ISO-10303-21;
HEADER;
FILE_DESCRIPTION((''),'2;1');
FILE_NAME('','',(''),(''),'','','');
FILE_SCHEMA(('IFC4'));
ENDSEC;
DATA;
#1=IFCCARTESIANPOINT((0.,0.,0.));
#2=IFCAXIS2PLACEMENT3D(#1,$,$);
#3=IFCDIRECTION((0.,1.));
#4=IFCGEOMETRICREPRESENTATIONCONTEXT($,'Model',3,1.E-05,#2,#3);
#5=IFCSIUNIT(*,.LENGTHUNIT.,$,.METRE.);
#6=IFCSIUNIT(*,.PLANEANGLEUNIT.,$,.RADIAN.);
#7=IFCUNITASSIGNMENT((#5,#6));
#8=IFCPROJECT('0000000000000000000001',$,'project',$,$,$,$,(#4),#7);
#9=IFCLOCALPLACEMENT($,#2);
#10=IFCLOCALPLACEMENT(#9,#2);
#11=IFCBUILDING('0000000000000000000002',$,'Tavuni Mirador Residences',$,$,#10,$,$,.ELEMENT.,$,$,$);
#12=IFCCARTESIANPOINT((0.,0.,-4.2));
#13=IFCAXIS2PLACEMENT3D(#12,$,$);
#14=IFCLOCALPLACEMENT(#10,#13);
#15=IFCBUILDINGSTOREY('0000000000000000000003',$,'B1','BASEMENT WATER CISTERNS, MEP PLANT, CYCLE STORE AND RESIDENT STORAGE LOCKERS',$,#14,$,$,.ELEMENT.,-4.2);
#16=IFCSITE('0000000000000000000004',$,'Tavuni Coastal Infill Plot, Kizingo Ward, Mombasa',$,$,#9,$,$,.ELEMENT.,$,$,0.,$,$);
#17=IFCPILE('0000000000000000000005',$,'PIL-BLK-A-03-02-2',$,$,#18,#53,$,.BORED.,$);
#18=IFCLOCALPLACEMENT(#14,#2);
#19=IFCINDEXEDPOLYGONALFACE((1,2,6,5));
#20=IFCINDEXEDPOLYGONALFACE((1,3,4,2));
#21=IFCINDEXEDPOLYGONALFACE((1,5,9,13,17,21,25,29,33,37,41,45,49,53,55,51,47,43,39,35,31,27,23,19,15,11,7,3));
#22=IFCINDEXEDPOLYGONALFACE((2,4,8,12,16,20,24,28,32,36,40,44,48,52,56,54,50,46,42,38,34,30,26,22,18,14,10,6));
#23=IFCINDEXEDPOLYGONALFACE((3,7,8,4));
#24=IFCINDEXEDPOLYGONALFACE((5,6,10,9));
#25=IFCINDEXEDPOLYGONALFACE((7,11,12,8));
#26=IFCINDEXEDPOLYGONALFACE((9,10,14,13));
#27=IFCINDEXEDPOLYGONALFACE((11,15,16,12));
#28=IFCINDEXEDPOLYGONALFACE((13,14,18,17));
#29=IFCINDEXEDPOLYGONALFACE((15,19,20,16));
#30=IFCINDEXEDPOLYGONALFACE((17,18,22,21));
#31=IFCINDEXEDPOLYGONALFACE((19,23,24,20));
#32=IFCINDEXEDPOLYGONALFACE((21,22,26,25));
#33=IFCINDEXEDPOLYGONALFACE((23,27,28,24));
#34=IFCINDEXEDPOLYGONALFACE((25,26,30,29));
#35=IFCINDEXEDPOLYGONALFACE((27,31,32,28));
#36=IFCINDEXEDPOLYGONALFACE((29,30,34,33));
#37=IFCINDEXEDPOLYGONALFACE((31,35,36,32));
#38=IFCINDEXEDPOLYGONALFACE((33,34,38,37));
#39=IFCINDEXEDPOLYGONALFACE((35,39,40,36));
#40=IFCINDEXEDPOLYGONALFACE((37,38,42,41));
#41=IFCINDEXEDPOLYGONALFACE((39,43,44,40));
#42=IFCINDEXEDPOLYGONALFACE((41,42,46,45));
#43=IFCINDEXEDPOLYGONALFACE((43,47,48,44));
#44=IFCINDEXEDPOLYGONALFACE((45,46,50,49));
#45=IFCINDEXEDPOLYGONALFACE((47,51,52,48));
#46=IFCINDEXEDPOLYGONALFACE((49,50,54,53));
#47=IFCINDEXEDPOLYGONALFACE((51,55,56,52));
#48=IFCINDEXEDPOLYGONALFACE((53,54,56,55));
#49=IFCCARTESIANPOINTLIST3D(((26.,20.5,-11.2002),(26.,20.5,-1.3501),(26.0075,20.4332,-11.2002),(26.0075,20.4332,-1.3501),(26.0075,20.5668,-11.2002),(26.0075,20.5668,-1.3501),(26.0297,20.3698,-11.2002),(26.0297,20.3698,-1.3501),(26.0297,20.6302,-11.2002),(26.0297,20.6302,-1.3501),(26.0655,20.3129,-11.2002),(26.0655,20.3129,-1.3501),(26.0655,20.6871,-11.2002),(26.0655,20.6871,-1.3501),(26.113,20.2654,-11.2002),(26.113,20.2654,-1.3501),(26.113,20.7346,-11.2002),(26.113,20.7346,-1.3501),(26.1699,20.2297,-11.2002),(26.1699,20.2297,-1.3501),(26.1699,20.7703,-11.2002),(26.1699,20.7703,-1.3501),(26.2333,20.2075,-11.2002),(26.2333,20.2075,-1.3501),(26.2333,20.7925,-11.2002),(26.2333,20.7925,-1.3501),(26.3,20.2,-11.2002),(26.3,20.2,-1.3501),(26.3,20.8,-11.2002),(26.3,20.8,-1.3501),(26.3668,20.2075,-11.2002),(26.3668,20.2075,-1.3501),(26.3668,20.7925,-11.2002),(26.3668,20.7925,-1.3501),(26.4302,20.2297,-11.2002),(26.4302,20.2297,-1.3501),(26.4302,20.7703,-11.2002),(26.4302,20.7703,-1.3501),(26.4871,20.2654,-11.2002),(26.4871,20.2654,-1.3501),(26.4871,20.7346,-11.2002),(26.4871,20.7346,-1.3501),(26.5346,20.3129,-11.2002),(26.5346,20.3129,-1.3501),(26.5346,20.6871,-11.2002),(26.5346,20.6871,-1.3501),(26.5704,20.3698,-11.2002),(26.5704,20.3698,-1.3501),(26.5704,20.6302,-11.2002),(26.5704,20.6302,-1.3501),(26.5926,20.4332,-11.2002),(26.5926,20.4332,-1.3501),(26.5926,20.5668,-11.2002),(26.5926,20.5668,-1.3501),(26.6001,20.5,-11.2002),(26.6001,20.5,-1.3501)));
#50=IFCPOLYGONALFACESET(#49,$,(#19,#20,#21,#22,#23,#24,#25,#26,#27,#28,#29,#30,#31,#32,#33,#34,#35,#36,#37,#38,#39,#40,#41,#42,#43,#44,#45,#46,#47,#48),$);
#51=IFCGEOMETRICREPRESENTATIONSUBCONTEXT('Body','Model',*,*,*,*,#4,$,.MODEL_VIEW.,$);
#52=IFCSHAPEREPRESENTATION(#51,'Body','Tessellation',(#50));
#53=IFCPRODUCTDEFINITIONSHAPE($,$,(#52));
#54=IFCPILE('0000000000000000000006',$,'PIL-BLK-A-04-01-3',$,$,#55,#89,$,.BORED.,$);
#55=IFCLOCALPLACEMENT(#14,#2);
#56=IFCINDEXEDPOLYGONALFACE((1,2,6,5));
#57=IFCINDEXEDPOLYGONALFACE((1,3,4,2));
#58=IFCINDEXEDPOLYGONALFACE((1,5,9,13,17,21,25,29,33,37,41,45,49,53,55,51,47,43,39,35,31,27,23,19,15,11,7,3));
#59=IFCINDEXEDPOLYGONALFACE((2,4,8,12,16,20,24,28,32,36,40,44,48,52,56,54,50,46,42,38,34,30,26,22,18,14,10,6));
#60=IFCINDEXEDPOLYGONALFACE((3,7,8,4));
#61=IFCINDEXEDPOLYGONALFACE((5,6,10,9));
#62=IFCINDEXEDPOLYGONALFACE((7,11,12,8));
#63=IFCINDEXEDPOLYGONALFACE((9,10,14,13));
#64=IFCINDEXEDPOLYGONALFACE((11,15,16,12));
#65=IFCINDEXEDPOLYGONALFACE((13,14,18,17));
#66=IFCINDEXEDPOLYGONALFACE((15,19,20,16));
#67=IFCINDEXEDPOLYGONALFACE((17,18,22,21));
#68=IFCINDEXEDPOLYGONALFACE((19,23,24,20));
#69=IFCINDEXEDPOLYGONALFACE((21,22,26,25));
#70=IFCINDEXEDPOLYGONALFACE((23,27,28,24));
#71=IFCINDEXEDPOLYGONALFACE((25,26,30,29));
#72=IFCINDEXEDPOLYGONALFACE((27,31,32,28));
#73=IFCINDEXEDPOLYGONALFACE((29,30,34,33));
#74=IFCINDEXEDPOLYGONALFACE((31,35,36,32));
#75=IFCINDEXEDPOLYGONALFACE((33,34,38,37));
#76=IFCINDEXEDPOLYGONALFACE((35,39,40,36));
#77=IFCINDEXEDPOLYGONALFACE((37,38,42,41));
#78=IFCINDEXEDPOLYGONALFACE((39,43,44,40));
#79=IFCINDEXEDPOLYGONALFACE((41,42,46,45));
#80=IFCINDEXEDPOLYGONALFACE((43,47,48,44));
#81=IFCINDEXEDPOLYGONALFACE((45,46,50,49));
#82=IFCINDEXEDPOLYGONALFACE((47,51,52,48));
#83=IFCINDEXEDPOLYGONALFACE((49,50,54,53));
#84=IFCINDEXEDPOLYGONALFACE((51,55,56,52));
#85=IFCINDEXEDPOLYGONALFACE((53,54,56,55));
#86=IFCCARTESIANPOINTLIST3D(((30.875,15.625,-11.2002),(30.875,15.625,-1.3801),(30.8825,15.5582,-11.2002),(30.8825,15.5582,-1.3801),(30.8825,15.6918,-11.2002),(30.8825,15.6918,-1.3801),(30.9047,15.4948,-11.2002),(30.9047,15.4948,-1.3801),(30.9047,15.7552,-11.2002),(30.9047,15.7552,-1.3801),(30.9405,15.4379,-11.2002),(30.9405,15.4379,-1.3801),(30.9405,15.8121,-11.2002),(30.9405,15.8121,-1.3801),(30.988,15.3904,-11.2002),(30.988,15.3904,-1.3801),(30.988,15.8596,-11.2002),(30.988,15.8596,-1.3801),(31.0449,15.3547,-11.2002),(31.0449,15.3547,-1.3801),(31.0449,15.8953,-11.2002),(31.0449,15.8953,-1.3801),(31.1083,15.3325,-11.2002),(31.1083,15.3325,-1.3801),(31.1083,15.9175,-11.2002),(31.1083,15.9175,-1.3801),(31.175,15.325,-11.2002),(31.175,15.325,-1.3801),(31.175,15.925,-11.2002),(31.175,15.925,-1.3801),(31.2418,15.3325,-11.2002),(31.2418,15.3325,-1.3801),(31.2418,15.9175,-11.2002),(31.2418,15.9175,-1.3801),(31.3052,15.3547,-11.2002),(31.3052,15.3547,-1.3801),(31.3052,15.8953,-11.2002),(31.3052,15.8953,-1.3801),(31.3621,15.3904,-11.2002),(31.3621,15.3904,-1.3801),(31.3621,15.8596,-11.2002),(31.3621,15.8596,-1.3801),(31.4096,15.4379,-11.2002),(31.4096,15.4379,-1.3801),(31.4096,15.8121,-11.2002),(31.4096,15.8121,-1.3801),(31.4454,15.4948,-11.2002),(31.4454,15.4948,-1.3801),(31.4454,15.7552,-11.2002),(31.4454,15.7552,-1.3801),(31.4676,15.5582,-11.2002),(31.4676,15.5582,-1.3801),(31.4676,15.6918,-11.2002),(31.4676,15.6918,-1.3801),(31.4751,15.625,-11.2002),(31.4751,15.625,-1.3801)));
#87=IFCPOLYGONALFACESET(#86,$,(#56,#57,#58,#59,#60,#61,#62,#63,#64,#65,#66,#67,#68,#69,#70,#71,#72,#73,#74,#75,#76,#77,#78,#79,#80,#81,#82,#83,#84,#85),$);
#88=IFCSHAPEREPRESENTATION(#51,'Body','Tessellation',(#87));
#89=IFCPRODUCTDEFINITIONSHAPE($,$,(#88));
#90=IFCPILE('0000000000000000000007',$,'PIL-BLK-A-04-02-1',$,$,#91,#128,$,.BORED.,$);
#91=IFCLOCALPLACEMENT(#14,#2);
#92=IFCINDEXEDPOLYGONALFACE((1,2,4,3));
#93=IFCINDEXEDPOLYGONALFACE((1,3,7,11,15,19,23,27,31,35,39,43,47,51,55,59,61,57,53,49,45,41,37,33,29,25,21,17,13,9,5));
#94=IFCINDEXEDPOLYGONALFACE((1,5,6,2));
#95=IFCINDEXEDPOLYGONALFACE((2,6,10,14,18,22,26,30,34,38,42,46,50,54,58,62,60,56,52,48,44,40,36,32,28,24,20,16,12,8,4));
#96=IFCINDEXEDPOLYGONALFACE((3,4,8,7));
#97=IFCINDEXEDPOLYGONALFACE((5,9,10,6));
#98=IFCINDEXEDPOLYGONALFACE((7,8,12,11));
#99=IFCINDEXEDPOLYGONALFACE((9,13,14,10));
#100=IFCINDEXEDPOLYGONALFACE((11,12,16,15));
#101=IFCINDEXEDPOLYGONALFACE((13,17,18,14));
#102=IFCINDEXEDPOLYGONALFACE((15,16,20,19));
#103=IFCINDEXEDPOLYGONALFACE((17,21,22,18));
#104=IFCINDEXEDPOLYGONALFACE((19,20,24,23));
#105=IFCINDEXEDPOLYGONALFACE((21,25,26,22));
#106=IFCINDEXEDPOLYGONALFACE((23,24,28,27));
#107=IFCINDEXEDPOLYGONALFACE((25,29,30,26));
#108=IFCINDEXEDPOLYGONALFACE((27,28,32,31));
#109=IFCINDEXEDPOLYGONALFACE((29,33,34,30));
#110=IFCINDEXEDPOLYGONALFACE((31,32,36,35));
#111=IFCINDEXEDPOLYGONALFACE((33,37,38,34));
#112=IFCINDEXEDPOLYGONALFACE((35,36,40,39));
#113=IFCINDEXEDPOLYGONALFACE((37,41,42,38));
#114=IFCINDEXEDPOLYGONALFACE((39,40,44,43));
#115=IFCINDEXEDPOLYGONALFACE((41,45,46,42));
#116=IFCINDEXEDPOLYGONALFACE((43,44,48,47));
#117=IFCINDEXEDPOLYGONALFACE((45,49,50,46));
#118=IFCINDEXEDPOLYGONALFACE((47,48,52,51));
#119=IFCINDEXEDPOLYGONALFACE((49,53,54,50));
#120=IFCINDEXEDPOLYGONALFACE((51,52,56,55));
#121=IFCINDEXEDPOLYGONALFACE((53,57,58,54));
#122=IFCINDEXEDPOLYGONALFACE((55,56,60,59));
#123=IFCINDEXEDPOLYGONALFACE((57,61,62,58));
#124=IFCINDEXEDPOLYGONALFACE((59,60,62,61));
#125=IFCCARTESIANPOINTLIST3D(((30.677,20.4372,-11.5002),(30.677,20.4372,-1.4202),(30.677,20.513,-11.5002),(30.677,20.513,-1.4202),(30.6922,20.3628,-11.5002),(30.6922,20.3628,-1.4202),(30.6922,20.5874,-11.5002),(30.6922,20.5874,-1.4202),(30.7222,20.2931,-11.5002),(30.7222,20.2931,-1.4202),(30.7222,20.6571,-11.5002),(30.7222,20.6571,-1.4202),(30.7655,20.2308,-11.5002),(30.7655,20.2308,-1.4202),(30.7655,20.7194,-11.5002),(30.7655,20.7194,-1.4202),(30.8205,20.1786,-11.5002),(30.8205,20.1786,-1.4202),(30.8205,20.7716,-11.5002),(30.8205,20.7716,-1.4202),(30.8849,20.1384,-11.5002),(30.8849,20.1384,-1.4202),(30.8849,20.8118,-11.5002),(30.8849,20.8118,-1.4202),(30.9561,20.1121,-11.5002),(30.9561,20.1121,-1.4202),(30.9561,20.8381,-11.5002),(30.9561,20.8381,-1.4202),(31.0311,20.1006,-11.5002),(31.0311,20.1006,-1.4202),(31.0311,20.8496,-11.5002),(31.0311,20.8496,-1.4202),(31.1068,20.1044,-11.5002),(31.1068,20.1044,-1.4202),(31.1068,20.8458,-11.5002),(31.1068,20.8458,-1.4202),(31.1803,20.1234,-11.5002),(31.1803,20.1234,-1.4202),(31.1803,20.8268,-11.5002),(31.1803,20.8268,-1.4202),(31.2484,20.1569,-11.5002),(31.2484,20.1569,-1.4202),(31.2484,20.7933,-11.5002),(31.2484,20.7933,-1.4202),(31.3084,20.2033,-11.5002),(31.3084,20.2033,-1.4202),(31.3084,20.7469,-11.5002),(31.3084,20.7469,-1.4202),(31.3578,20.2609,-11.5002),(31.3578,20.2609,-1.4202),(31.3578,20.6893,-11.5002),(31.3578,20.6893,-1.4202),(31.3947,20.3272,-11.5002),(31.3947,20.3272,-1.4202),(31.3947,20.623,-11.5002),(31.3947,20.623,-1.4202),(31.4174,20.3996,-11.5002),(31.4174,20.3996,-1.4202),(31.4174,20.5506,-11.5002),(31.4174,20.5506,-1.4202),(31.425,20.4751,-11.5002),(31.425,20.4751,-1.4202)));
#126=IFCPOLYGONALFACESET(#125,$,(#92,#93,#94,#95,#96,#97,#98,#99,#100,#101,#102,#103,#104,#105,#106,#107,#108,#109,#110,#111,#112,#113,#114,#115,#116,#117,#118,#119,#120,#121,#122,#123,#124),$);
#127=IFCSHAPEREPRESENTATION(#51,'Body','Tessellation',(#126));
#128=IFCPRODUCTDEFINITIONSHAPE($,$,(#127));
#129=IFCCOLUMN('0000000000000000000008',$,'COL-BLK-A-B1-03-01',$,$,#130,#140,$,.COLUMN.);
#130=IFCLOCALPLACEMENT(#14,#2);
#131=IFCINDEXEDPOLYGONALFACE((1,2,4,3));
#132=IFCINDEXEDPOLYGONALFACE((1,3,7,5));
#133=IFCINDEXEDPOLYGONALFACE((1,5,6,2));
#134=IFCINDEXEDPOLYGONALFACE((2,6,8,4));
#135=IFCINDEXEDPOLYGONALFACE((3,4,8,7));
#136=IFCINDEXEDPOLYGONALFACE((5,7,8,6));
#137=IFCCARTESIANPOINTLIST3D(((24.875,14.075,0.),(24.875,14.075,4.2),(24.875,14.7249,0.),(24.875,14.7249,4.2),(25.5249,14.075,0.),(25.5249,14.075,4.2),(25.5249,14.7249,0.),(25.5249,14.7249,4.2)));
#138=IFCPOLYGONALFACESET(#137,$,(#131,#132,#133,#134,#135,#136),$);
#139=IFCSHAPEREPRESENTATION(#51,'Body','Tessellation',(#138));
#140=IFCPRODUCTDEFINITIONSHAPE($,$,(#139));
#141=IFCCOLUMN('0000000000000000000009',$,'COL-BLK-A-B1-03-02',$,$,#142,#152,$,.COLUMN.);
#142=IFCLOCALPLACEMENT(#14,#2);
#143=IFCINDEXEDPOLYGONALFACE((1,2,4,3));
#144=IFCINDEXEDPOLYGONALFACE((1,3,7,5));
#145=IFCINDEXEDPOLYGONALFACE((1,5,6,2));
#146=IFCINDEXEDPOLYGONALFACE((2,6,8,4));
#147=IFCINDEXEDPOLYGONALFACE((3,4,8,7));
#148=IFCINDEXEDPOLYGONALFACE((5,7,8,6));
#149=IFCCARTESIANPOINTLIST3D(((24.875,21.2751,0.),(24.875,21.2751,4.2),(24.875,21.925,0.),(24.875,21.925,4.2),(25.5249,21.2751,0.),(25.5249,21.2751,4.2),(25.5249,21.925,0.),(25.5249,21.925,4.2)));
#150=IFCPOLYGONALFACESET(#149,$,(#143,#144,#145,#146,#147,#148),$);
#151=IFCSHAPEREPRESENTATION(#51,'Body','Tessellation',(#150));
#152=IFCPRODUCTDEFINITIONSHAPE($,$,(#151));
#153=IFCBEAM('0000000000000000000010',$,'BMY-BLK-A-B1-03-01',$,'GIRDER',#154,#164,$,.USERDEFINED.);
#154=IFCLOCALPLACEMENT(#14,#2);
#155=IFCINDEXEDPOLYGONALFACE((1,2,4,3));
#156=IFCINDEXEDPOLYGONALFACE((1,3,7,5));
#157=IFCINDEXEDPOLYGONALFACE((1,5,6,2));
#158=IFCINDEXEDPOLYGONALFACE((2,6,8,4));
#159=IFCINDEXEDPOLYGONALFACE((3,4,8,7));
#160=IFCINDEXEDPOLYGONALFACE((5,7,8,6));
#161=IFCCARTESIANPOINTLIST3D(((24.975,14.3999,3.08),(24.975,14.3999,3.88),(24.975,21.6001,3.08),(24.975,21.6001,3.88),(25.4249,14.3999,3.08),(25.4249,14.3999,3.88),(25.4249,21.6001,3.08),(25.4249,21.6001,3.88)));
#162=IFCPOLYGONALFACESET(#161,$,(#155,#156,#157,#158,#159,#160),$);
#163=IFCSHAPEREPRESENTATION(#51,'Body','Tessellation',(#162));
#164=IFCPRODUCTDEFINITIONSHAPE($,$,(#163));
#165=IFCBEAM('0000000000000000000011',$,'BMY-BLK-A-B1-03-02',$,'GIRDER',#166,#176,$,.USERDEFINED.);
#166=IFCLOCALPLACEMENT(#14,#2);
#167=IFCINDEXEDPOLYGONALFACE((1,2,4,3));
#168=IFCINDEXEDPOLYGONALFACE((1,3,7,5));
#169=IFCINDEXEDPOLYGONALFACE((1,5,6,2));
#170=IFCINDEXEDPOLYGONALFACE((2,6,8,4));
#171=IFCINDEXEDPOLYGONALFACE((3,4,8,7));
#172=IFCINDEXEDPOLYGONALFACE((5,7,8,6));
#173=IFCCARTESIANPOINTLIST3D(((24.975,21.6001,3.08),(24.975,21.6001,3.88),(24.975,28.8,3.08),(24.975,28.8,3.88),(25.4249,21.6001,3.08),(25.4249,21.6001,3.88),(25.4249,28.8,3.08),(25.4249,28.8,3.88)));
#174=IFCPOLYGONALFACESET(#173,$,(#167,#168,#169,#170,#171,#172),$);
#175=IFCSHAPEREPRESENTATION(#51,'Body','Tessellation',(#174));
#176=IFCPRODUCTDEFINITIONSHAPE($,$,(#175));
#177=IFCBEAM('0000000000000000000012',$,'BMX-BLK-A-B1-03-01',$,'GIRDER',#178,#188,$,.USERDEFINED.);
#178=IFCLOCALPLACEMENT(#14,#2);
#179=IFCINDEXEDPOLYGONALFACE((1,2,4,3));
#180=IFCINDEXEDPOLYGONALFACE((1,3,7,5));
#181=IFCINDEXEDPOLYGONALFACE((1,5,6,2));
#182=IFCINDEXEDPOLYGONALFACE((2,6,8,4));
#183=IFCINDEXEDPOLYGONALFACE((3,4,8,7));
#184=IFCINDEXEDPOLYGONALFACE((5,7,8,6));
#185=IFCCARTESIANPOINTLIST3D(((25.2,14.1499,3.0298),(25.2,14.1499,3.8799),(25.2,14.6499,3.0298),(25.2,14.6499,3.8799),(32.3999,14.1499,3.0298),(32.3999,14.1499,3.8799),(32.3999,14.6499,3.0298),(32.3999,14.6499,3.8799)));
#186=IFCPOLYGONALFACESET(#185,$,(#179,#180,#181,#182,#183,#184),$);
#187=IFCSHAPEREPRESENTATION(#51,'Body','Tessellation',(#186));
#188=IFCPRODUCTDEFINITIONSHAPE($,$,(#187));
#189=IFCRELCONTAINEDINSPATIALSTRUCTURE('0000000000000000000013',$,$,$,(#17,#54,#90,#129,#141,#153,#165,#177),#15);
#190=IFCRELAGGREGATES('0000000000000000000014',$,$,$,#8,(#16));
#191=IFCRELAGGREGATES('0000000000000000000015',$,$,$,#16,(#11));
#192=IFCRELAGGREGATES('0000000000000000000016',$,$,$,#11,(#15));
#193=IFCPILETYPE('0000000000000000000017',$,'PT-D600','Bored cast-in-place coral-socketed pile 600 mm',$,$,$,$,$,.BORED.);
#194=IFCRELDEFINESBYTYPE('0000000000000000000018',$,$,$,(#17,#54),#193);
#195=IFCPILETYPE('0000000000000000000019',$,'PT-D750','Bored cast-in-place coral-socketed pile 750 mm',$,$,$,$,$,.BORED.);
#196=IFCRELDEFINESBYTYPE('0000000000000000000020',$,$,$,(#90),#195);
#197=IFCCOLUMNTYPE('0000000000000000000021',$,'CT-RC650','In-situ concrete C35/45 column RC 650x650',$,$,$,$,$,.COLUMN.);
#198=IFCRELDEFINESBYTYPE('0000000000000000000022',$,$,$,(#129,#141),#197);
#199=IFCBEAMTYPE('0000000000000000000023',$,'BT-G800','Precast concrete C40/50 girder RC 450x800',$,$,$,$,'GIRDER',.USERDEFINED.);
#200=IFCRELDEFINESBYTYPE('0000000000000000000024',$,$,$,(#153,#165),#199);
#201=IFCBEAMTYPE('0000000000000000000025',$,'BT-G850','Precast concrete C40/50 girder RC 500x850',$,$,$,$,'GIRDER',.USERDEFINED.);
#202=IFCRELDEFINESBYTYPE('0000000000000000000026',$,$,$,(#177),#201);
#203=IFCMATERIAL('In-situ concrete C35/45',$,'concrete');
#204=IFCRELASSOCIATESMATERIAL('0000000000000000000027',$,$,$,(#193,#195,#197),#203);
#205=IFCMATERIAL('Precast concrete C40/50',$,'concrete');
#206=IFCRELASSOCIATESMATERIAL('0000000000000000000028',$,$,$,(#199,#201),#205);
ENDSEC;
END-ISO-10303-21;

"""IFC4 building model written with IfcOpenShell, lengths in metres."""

from ifc_helpers import new_model, si_unit, direction, frame, origin, origin_2d, place, context, subcontext, project, spatial, rectangle, circle, extrude, material, material_profile, profile_set, type_object, element, save


model = new_model("IFC4")

# Units and contexts
model_context = context("Model", 3, precision=1e-05, world=origin(), true_north=direction((0.0, 1.0)))
body_context = subcontext(model_context, "Body", "Model", "MODEL_VIEW")
ifc_project = project(units=[si_unit("LENGTHUNIT", "METRE"), si_unit("PLANEANGLEUNIT", "RADIAN")], contexts=[model_context])

# Site, building, storey
site_placement = place(None, origin())
site = spatial("IfcSite", under=ifc_project, at=site_placement, Name="Tavuni Coastal Infill Plot, Kizingo Ward, Mombasa", CompositionType="ELEMENT", RefElevation=0.0)
building_placement = place(site_placement, origin())
building = spatial("IfcBuilding", under=site, at=building_placement, Name="Tavuni Mirador Residences", CompositionType="ELEMENT")
storey_placement = place(building_placement, frame((0.0, 0.0, -4.2)))
storey = spatial("IfcBuildingStorey", under=building, at=storey_placement, Name="B1", Description="BASEMENT WATER CISTERNS, MEP PLANT, CYCLE STORE AND RESIDENT STORAGE LOCKERS", CompositionType="ELEMENT", Elevation=-4.2)

# Shared definitions
ifc_material_1 = material(Name="In-situ concrete C35/45", Category="concrete")

# Piles
ifc_material_profile_1 = material_profile(ifc_material_1, circle(Radius=0.3, at=origin_2d()), Name="PILE D600", Category="concrete")
ifc_profile_set_1 = profile_set([ifc_material_profile_1], Name="In-situ concrete C35/45")
pile_type_1 = type_object("IfcPileType", Name="PT-D600", Description="Bored cast-in-place coral-socketed pile 600 mm", PredefinedType="BORED", material=ifc_profile_set_1)
for number, where, z_axis, x_axis, name in (
    (1, (26.3, 20.5, -1.3501), (0.0, 0.0, -1.0), (1.0, 0.0, 0.0), "PIL-BLK-A-03-02-2"),
):
    element("IfcPile", number, at=place(storey_placement, frame(where, z_axis=z_axis, x_axis=x_axis)), inside=storey, type_object=pile_type_1, Name=name, PredefinedType="BORED", context=body_context, shape_type="SweptSolid", body=[
        extrude(circle(Radius=0.3, at=origin_2d()), origin(), (0.0, 0.0, 1.0), 9.8501),
    ])
pile_1_placement = place(storey_placement, frame((31.175, 15.625, -1.3801), z_axis=(0.0, 0.0, -1.0), x_axis=(1.0, 0.0, 0.0)))
element("IfcPile", 2, at=pile_1_placement, inside=storey, type_object=pile_type_1, Name="PIL-BLK-A-04-01-3", PredefinedType="BORED", context=body_context, shape_type="SweptSolid", body=[
    extrude(circle(Radius=0.3, at=origin_2d()), origin(), (0.0, 0.0, 1.0), 9.8201),
])
ifc_material_profile_2 = material_profile(ifc_material_1, circle(Radius=0.375, at=origin_2d()), Name="PILE D750", Category="concrete")
ifc_profile_set_2 = profile_set([ifc_material_profile_2], Name="In-situ concrete C35/45")
pile_type_2 = type_object("IfcPileType", Name="PT-D750", Description="Bored cast-in-place coral-socketed pile 750 mm", PredefinedType="BORED", material=ifc_profile_set_2)
pile_2_placement = place(storey_placement, frame((31.05, 20.4751, -1.4202), z_axis=(0.0, 0.0, -1.0), x_axis=(1.0, 0.0, 0.0)))
element("IfcPile", 3, at=pile_2_placement, inside=storey, type_object=pile_type_2, Name="PIL-BLK-A-04-02-1", PredefinedType="BORED", context=body_context, shape_type="SweptSolid", body=[
    extrude(circle(Radius=0.375, at=origin_2d()), origin(), (0.0, 0.0, 1.0), 10.0801),
])

# Columns
ifc_material_profile_3 = material_profile(ifc_material_1, rectangle(XDim=0.6499, YDim=0.6499, at=origin_2d()), Name="RC 650x650", Category="concrete")
ifc_profile_set_3 = profile_set([ifc_material_profile_3], Name="In-situ concrete C35/45")
column_type = type_object("IfcColumnType", Name="CT-RC650", Description="In-situ concrete C35/45 column RC 650x650", PredefinedType="COLUMN", material=ifc_profile_set_3)
for number, where, z_axis, x_axis, name in (
    (4, (25.2, 14.3999, 0.0), (0.0, 0.0, 1.0), (1.0, 0.0, 0.0), "COL-BLK-A-B1-03-01"),
    (5, (25.2, 21.6001, 0.0), (0.0, 0.0, 1.0), (1.0, 0.0, 0.0), "COL-BLK-A-B1-03-02"),
):
    element("IfcColumn", number, at=place(storey_placement, frame(where, z_axis=z_axis, x_axis=x_axis)), inside=storey, type_object=column_type, Name=name, PredefinedType="COLUMN", context=body_context, shape_type="SweptSolid", body=[
        extrude(rectangle(XDim=0.6499, YDim=0.6499, at=origin_2d()), origin(), (0.0, 0.0, 1.0), 4.2),
    ])

# Beams
ifc_material_2 = material(Name="Precast concrete C40/50", Category="concrete")
ifc_material_profile_4 = material_profile(ifc_material_2, rectangle(XDim=0.45, YDim=0.8, at=origin_2d()), Name="RC 450x800", Category="concrete")
ifc_profile_set_4 = profile_set([ifc_material_profile_4], Name="Precast concrete C40/50")
beam_type_1 = type_object("IfcBeamType", Name="BT-G800", Description="Precast concrete C40/50 girder RC 450x800", ElementType="GIRDER", PredefinedType="USERDEFINED", material=ifc_profile_set_4)
beam_1_placement = place(storey_placement, frame((25.2, 14.3999, 3.48), z_axis=(0.0, 1.0, 0.0), x_axis=(-1.0, 0.0, 0.0)))
element("IfcBeam", 6, at=beam_1_placement, inside=storey, type_object=beam_type_1, Name="BMY-BLK-A-B1-03-01", ObjectType="GIRDER", PredefinedType="USERDEFINED", context=body_context, shape_type="SweptSolid", body=[
    extrude(rectangle(XDim=0.45, YDim=0.8, at=origin_2d()), origin(), (0.0, 0.0, 1.0), 7.2002),
])
beam_2_placement = place(storey_placement, frame((25.2, 21.6001, 3.48), z_axis=(0.0, 1.0, 0.0), x_axis=(-1.0, 0.0, 0.0)))
element("IfcBeam", 7, at=beam_2_placement, inside=storey, type_object=beam_type_1, Name="BMY-BLK-A-B1-03-02", ObjectType="GIRDER", PredefinedType="USERDEFINED", context=body_context, shape_type="SweptSolid", body=[
    extrude(rectangle(XDim=0.45, YDim=0.8, at=origin_2d()), origin(), (0.0, 0.0, 1.0), 7.2),
])
ifc_material_profile_5 = material_profile(ifc_material_2, rectangle(XDim=0.5, YDim=0.8501, at=origin_2d()), Name="RC 500x850", Category="concrete")
ifc_profile_set_5 = profile_set([ifc_material_profile_5], Name="Precast concrete C40/50")
beam_type_2 = type_object("IfcBeamType", Name="BT-G850", Description="Precast concrete C40/50 girder RC 500x850", ElementType="GIRDER", PredefinedType="USERDEFINED", material=ifc_profile_set_5)
for number, where, z_axis, x_axis, name in (
    (8, (25.2, 14.3999, 3.4548), (1.0, 0.0, 0.0), (0.0, 1.0, 0.0), "BMX-BLK-A-B1-03-01"),
):
    element("IfcBeam", number, at=place(storey_placement, frame(where, z_axis=z_axis, x_axis=x_axis)), inside=storey, type_object=beam_type_2, Name=name, ObjectType="GIRDER", PredefinedType="USERDEFINED", context=body_context, shape_type="SweptSolid", body=[
        extrude(rectangle(XDim=0.5, YDim=0.8501, at=origin_2d()), origin(), (0.0, 0.0, 1.0), 7.2),
    ])

save(model, "model.ifc")
